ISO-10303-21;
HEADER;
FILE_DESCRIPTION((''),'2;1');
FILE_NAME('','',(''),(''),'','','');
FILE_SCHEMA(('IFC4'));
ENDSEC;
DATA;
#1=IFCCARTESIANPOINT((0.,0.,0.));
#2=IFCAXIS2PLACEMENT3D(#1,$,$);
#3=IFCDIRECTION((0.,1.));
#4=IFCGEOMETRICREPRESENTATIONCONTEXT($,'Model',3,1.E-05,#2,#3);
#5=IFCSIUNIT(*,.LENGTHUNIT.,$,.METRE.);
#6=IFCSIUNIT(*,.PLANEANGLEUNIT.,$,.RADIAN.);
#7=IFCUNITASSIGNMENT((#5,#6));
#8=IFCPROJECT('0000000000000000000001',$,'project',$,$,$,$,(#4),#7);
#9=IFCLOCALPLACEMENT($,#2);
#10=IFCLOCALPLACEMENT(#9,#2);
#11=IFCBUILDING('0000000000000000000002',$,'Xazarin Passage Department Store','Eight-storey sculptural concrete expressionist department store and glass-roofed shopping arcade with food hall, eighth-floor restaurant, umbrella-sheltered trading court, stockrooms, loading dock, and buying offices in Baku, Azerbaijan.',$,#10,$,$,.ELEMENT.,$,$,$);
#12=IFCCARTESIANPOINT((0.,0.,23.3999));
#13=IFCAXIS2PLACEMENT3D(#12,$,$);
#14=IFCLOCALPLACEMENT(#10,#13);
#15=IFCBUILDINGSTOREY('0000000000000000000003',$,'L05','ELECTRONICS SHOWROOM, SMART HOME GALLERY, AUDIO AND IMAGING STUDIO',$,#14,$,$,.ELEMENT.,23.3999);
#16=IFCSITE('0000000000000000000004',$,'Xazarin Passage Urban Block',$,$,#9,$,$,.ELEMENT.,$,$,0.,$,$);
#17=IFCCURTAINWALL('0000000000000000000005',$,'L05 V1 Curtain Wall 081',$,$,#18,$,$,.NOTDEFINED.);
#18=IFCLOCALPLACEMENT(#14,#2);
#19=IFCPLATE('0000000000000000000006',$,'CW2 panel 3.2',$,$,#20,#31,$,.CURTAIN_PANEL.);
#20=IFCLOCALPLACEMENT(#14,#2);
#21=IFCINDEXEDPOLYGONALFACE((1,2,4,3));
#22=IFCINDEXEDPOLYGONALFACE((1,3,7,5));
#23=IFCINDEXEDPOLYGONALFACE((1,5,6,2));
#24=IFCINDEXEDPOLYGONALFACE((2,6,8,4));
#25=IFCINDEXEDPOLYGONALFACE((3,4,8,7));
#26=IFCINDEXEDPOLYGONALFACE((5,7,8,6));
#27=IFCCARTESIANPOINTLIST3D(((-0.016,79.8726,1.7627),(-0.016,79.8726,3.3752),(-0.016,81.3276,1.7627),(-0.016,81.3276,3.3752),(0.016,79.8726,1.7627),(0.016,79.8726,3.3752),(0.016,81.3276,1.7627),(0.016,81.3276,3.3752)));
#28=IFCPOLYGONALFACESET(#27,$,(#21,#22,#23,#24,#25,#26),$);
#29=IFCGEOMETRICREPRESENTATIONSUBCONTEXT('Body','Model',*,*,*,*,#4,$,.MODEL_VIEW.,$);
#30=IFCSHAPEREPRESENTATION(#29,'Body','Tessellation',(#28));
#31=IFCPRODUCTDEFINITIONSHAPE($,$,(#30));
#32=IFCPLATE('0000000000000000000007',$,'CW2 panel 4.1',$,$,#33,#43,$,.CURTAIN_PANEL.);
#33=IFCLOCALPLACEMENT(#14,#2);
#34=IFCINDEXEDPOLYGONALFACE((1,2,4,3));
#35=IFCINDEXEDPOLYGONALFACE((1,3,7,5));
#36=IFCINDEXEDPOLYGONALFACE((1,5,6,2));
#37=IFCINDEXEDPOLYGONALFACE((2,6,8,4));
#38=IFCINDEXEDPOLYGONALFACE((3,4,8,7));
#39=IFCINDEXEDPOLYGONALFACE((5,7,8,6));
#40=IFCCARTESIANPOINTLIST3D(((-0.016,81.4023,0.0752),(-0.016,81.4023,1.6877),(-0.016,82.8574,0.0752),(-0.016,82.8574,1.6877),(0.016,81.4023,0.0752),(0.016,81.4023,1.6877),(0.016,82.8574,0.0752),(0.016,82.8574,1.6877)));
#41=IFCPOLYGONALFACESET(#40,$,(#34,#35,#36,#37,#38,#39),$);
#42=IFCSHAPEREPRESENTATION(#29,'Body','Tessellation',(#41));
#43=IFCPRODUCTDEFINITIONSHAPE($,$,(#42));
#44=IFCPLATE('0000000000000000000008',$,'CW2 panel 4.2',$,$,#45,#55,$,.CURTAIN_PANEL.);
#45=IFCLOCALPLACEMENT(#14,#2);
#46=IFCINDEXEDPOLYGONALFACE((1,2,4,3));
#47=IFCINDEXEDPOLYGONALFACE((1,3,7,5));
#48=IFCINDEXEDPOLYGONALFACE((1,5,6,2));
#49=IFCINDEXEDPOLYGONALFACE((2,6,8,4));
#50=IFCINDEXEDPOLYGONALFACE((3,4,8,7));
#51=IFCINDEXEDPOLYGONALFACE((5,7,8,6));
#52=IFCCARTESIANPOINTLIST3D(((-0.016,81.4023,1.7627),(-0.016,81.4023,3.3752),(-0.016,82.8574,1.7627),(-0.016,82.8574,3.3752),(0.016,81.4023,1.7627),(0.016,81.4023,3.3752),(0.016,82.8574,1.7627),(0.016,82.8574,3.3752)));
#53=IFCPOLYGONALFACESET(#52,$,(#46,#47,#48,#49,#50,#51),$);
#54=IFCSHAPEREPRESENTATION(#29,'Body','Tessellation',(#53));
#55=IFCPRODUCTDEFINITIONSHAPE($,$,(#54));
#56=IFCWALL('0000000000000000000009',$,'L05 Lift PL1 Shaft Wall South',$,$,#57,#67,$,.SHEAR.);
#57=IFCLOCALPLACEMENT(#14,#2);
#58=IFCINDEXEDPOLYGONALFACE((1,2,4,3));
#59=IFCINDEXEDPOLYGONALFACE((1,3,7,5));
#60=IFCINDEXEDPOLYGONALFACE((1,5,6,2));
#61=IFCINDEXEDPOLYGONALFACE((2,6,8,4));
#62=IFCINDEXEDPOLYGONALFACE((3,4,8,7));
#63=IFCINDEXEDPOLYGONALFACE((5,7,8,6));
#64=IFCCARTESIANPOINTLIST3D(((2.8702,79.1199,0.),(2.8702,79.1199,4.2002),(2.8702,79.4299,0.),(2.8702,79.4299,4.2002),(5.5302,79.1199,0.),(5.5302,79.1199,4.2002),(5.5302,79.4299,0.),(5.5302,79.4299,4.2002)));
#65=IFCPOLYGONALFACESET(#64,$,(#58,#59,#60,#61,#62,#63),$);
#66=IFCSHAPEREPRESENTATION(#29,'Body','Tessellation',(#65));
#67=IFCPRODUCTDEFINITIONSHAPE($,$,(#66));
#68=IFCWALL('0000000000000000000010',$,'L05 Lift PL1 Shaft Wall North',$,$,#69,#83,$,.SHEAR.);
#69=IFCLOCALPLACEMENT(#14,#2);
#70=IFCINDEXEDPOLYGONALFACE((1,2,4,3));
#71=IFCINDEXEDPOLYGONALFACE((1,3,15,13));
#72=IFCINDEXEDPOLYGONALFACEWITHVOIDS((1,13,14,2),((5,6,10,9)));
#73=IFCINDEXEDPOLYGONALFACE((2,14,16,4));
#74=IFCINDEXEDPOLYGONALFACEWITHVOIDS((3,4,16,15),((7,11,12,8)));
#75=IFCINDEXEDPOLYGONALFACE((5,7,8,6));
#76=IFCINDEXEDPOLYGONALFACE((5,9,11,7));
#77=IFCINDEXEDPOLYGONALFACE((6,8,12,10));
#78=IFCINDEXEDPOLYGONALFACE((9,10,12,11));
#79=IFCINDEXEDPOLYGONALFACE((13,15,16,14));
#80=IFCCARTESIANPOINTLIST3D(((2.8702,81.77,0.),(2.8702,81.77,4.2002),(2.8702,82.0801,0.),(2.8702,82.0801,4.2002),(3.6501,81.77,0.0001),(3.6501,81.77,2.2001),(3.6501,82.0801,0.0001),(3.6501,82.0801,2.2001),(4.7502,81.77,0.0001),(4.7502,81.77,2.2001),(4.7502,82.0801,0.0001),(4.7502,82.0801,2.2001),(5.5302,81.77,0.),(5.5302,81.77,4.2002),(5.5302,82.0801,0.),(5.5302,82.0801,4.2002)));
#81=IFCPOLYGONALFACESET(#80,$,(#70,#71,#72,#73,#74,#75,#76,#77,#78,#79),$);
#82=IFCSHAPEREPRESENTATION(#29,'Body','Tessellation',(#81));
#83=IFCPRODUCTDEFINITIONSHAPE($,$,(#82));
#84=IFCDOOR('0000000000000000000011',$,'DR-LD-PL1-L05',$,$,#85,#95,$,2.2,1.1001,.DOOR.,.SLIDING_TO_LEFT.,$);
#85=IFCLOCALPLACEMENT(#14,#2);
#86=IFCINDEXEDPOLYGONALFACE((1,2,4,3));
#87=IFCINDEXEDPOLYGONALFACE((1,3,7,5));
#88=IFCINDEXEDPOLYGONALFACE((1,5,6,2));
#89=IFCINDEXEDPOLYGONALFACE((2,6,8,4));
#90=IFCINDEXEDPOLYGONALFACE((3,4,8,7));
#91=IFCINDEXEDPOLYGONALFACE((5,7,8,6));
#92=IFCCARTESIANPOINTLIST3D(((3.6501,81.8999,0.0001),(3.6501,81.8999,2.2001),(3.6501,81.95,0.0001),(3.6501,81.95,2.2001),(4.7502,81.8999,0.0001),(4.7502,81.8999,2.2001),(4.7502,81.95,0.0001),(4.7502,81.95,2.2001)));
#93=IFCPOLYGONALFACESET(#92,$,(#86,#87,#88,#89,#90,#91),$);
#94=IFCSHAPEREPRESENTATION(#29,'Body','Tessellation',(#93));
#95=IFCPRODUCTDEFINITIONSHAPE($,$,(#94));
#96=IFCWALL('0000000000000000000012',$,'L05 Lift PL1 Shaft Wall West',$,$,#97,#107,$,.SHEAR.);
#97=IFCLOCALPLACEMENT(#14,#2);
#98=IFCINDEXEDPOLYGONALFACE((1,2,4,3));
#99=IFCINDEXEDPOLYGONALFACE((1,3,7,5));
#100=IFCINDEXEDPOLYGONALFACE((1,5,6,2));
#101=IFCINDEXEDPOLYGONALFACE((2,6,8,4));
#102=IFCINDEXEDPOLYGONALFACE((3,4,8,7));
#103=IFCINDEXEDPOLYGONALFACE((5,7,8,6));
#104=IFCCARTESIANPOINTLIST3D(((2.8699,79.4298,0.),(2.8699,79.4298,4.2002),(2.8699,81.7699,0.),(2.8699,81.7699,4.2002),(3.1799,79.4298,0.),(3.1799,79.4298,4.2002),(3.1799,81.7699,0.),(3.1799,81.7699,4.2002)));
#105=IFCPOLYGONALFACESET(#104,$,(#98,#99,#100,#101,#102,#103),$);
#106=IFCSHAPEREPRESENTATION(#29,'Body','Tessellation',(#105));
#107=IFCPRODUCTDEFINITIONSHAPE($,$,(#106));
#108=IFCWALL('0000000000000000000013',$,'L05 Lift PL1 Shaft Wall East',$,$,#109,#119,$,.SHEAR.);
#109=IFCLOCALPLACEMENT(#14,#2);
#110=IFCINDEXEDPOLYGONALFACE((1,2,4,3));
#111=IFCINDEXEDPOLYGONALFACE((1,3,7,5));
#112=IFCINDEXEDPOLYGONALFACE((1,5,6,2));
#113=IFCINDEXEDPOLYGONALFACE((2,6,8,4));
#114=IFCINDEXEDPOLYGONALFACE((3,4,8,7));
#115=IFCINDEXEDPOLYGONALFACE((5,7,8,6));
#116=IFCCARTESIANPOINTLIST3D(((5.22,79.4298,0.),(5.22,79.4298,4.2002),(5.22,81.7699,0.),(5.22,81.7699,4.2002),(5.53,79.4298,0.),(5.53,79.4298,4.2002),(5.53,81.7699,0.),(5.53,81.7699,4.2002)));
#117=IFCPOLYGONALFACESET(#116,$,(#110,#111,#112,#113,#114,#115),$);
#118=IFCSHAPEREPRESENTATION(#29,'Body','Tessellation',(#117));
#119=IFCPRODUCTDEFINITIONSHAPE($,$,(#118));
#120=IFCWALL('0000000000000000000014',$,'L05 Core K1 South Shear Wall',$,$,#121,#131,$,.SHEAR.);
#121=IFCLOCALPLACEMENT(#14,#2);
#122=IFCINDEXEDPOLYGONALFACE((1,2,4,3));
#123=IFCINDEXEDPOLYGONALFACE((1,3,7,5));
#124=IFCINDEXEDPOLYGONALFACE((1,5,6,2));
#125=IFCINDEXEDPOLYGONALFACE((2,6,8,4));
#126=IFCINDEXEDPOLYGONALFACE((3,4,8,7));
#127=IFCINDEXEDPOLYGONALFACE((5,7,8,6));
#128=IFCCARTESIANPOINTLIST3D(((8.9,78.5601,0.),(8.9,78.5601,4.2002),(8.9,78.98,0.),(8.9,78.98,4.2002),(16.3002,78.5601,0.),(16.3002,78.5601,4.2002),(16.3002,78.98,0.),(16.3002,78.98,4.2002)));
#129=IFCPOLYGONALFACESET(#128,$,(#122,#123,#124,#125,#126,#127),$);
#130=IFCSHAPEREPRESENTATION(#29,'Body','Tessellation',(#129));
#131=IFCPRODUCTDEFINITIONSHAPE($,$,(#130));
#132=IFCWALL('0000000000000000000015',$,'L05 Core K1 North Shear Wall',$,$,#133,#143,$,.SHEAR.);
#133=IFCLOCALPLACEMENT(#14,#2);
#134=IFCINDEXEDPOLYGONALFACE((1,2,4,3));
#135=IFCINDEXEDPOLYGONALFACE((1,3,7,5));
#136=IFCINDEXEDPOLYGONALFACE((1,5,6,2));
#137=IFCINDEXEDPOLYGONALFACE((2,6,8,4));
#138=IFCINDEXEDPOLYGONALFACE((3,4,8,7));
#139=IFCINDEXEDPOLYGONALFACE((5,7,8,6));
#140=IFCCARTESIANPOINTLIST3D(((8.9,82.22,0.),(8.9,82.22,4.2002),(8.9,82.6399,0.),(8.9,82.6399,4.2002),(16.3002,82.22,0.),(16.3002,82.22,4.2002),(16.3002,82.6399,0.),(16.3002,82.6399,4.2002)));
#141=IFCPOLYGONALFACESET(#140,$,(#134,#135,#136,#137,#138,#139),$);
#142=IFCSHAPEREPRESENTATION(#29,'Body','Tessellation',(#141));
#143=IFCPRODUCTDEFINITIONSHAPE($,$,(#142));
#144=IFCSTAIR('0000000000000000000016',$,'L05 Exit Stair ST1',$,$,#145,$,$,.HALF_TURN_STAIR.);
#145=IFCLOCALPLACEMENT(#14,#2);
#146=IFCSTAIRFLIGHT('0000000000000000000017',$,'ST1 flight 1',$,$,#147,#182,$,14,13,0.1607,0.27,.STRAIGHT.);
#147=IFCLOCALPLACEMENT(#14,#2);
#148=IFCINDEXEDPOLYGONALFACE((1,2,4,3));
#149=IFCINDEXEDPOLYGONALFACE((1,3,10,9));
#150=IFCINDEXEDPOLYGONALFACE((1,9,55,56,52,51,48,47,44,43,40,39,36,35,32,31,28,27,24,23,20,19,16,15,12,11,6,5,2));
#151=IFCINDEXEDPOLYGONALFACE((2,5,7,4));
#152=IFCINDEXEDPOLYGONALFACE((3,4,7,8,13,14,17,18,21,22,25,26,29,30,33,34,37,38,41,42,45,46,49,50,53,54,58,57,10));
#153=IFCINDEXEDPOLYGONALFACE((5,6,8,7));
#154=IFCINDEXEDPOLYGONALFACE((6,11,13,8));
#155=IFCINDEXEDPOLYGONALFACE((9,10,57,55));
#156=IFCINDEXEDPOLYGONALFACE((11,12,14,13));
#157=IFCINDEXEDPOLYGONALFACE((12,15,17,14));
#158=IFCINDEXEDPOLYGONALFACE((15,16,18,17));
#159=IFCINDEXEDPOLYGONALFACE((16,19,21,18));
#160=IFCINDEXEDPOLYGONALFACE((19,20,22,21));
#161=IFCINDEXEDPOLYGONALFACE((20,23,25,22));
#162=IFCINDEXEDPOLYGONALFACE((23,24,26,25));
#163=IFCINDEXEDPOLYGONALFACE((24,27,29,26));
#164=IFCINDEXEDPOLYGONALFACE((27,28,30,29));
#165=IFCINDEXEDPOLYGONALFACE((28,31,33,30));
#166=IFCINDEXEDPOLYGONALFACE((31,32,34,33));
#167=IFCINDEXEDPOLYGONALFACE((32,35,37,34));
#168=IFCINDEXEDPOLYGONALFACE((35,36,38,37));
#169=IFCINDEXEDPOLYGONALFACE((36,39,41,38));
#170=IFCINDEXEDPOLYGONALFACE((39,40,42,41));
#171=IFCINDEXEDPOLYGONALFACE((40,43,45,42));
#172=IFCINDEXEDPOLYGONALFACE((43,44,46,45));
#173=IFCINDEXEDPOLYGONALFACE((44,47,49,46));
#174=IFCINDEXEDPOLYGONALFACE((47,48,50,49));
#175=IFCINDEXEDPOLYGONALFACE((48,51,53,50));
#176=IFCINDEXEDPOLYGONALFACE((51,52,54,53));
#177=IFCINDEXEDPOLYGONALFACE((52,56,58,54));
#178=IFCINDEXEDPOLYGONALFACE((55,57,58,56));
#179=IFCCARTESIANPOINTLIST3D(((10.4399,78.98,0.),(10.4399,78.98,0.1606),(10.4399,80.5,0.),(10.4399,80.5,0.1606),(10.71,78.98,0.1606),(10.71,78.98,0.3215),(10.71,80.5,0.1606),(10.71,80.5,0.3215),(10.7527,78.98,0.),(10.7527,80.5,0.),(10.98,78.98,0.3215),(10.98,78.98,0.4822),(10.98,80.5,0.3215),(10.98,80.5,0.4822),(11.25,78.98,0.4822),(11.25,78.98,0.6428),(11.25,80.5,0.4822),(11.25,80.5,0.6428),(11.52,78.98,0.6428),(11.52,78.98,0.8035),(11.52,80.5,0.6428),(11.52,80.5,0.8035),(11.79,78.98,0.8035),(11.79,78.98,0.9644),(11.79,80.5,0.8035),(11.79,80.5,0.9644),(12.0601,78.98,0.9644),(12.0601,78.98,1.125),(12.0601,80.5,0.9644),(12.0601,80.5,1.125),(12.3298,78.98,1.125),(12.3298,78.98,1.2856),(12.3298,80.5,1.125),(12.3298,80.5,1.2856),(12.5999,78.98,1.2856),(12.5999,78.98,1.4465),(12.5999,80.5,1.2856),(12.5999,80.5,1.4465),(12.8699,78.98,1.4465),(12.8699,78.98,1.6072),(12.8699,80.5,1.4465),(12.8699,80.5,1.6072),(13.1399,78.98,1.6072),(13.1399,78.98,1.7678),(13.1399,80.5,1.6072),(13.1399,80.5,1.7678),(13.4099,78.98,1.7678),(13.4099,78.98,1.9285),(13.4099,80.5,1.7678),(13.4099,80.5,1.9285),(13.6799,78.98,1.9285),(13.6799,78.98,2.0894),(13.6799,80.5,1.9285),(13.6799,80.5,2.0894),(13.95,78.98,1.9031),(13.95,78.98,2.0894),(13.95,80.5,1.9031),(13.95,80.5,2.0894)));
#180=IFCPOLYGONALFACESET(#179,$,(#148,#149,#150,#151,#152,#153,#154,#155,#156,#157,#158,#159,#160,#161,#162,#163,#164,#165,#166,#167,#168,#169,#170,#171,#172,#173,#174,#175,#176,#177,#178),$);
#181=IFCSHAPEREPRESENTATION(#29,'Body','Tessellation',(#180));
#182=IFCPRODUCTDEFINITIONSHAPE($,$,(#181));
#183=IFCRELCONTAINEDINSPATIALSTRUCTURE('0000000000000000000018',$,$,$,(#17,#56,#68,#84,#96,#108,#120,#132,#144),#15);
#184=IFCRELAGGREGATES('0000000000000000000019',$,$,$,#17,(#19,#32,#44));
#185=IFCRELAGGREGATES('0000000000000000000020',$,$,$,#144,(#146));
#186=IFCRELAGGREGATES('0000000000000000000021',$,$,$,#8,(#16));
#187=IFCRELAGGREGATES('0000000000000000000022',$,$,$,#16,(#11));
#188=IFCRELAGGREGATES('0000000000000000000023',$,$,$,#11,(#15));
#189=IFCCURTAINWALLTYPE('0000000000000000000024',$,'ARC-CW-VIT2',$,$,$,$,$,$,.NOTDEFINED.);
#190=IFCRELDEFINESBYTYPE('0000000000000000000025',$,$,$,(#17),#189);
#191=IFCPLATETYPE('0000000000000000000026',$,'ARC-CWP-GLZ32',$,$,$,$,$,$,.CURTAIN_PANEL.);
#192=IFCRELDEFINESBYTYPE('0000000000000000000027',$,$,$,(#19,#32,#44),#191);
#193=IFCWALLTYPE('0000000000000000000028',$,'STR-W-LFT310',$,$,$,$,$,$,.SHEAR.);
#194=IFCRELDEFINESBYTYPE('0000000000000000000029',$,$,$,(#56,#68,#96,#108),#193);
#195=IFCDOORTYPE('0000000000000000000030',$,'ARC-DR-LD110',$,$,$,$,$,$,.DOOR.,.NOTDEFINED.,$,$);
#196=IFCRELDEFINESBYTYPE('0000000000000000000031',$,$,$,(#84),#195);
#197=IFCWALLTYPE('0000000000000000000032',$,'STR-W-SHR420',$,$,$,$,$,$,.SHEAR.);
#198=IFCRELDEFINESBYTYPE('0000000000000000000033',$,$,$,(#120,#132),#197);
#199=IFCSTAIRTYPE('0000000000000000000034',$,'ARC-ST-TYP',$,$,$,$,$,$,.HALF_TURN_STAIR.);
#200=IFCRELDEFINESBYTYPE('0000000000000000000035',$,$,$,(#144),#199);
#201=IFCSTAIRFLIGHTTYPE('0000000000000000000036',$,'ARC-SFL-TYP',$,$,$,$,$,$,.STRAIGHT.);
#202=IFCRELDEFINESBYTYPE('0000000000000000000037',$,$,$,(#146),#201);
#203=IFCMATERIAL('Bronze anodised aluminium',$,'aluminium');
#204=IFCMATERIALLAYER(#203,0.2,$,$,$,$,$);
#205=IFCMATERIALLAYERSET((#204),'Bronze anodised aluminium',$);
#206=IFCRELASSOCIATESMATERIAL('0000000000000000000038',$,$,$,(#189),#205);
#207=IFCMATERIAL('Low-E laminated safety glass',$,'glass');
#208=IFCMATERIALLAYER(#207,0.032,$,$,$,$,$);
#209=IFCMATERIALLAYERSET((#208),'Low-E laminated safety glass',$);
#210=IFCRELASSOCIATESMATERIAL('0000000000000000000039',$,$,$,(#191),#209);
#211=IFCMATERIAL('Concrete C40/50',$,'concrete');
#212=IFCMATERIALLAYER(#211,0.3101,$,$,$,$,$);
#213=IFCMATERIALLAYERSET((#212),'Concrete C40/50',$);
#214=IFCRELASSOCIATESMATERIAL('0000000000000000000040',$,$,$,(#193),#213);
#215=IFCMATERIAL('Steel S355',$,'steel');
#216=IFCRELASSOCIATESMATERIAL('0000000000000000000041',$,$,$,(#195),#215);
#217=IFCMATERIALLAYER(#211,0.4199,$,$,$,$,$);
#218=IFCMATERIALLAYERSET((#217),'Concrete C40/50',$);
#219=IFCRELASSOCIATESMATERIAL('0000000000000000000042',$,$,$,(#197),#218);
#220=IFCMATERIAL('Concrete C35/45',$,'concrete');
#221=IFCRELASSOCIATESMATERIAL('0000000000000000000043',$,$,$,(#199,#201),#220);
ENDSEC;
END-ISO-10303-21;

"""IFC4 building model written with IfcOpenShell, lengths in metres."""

from ifc_helpers import new_model, si_unit, direction, frame, frame_2d, origin, origin_2d, place, context, subcontext, project, spatial, polyline, rectangle, outline, extrude, material, layer, layer_set, type_object, element, fill, aggregate, save


model = new_model("IFC4")

# Units and contexts
model_context = context("Model", 3, precision=1e-05, world=origin(), true_north=direction((0.0, 1.0)))
body_context = subcontext(model_context, "Body", "Model", "MODEL_VIEW")
ifc_project = project(units=[si_unit("LENGTHUNIT", "METRE"), si_unit("PLANEANGLEUNIT", "RADIAN")], contexts=[model_context])

# Site, building, storey
site_placement = place(None, origin())
site = spatial("IfcSite", under=ifc_project, at=site_placement, Name="Xazarin Passage Urban Block", CompositionType="ELEMENT", RefElevation=0.0)
building_placement = place(site_placement, origin())
building = spatial("IfcBuilding", under=site, at=building_placement, Name="Xazarin Passage Department Store", Description="Eight-storey sculptural concrete expressionist department store and glass-roofed shopping arcade with food hall, eighth-floor restaurant, umbrella-sheltered trading court, stockrooms, loading dock, and buying offices in Baku, Azerbaijan.", CompositionType="ELEMENT")
storey_placement = place(building_placement, frame((0.0, 0.0, 23.3999)))
storey = spatial("IfcBuildingStorey", under=building, at=storey_placement, Name="L05", Description="ELECTRONICS SHOWROOM, SMART HOME GALLERY, AUDIO AND IMAGING STUDIO", CompositionType="ELEMENT", Elevation=23.3999)

# Curtain wall
ifc_material_1 = material(Name="Bronze anodised aluminium", Category="aluminium")
ifc_layer_1 = layer(ifc_material_1, 0.2)
ifc_layer_set_1 = layer_set([ifc_layer_1], Name="Bronze anodised aluminium")
curtain_wall_type = type_object("IfcCurtainWallType", Name="ARC-CW-VIT2", PredefinedType="NOTDEFINED", material=ifc_layer_set_1)
curtain_wall_placement = place(storey_placement, origin())
curtain_wall = element("IfcCurtainWall", 1, at=curtain_wall_placement, inside=storey, type_object=curtain_wall_type, Name="L05 V1 Curtain Wall 081", PredefinedType="NOTDEFINED")

# Shared definitions
ifc_material_2 = material(Name="Concrete C35/45", Category="concrete")

# Plates
ifc_material_3 = material(Name="Low-E laminated safety glass", Category="glass")
ifc_layer_2 = layer(ifc_material_3, 0.032)
ifc_layer_set_2 = layer_set([ifc_layer_2], Name="Low-E laminated safety glass")
plate_type = type_object("IfcPlateType", Name="ARC-CWP-GLZ32", PredefinedType="CURTAIN_PANEL", material=ifc_layer_set_2)
plate_1_placement = place(storey_placement, frame((0.0, 80.6001, 1.7627), z_axis=(0.0, 0.0, 1.0), x_axis=(0.0, 1.0, 0.0)))
plate_1 = element("IfcPlate", 2, at=plate_1_placement, type_object=plate_type, Name="CW2 panel 3.2", PredefinedType="CURTAIN_PANEL", context=body_context, shape_type="SweptSolid", body=[
    extrude(rectangle(XDim=1.4551, YDim=0.032, at=origin_2d()), origin(), (0.0, 0.0, 1.0), 1.6125),
])
plate_2_placement = place(storey_placement, frame((0.0, 82.1299, 0.0752), z_axis=(0.0, 0.0, 1.0), x_axis=(0.0, 1.0, 0.0)))
plate_2 = element("IfcPlate", 3, at=plate_2_placement, type_object=plate_type, Name="CW2 panel 4.1", PredefinedType="CURTAIN_PANEL", context=body_context, shape_type="SweptSolid", body=[
    extrude(rectangle(XDim=1.4551, YDim=0.032, at=origin_2d()), origin(), (0.0, 0.0, 1.0), 1.6125),
])
plate_3_placement = place(storey_placement, frame((0.0, 82.1299, 1.7627), z_axis=(0.0, 0.0, 1.0), x_axis=(0.0, 1.0, 0.0)))
plate_3 = element("IfcPlate", 4, at=plate_3_placement, type_object=plate_type, Name="CW2 panel 4.2", PredefinedType="CURTAIN_PANEL", context=body_context, shape_type="SweptSolid", body=[
    extrude(rectangle(XDim=1.4551, YDim=0.032, at=origin_2d()), origin(), (0.0, 0.0, 1.0), 1.6125),
])
aggregate(curtain_wall, [plate_1, plate_2, plate_3])

# Wall
ifc_material_4 = material(Name="Concrete C40/50", Category="concrete")
ifc_layer_3 = layer(ifc_material_4, 0.3101)
ifc_layer_set_3 = layer_set([ifc_layer_3], Name="Concrete C40/50")
wall_type_1 = type_object("IfcWallType", Name="STR-W-LFT310", PredefinedType="SHEAR", material=ifc_layer_set_3)
wall_1_placement = place(storey_placement, frame((2.8701, 79.2749, 0.0), z_axis=(0.0, 0.0, 1.0), x_axis=(1.0, 0.0, 0.0)))
element("IfcWall", 5, at=wall_1_placement, inside=storey, type_object=wall_type_1, Name="L05 Lift PL1 Shaft Wall South", PredefinedType="SHEAR", context=body_context, shape_type="SweptSolid", body=[
    extrude(rectangle(XDim=2.6599, YDim=0.3101, at=frame_2d((1.3301, 0.0))), origin(), (0.0, 0.0, 1.0), 4.2002),
])

# Wall, opening, door
wall_2_placement = place(storey_placement, frame((2.8701, 81.925, 0.0), z_axis=(0.0, 0.0, 1.0), x_axis=(1.0, 0.0, 0.0)))
wall_2 = element("IfcWall", 6, at=wall_2_placement, inside=storey, type_object=wall_type_1, Name="L05 Lift PL1 Shaft Wall North", PredefinedType="SHEAR", context=body_context, shape_type="SweptSolid", body=[
    extrude(rectangle(XDim=2.6599, YDim=0.3101, at=frame_2d((1.3301, 0.0))), origin(), (0.0, 0.0, 1.0), 4.2002),
])
opening_placement = place(wall_2_placement, frame((0.78, 0.0, 0.0)))
opening = element("IfcOpeningElement", 7, at=opening_placement, cuts=wall_2, PredefinedType="OPENING", context=body_context, shape_type="SweptSolid", body=[
    extrude(rectangle(XDim=1.1001, YDim=2.2, at=frame_2d((0.55, 1.1001))), frame((0.0, 0.165, 0.0), z_axis=(0.0, -1.0, 0.0), x_axis=(1.0, 0.0, 0.0)), (0.0, 0.0, 1.0), 0.3301),
])
ifc_material_5 = material(Name="Steel S355", Category="steel")
door_type = type_object("IfcDoorType", Name="ARC-DR-LD110", OperationType="NOTDEFINED", PredefinedType="DOOR", material=ifc_material_5)
door_placement = place(opening_placement, origin())
door = element("IfcDoor", 8, at=door_placement, inside=storey, type_object=door_type, Name="DR-LD-PL1-L05", OperationType="SLIDING_TO_LEFT", OverallHeight=2.2, OverallWidth=1.1001, PredefinedType="DOOR", context=body_context, shape_type="SweptSolid", body=[
    extrude(rectangle(XDim=1.1001, YDim=2.2, at=frame_2d((0.55, 1.1001))), frame((0.0, 0.0249, 0.0), z_axis=(0.0, -1.0, 0.0), x_axis=(1.0, 0.0, 0.0)), (0.0, 0.0, 1.0), 0.05),
])
fill(opening, door)

# Walls
for number, where, z_axis, x_axis, name in (
    (9, (3.0249, 79.4299, 0.0), (0.0, 0.0, 1.0), (0.0, 1.0, 0.0), "L05 Lift PL1 Shaft Wall West"),
    (10, (5.375, 79.4299, 0.0), (0.0, 0.0, 1.0), (0.0, 1.0, 0.0), "L05 Lift PL1 Shaft Wall East"),
):
    element("IfcWall", number, at=place(storey_placement, frame(where, z_axis=z_axis, x_axis=x_axis)), inside=storey, type_object=wall_type_1, Name=name, PredefinedType="SHEAR", context=body_context, shape_type="SweptSolid", body=[
        extrude(rectangle(XDim=2.3401, YDim=0.3101, at=frame_2d((1.1699, 0.0))), origin(), (0.0, 0.0, 1.0), 4.2002),
    ])
ifc_layer_4 = layer(ifc_material_4, 0.4199)
ifc_layer_set_4 = layer_set([ifc_layer_4], Name="Concrete C40/50")
wall_type_2 = type_object("IfcWallType", Name="STR-W-SHR420", PredefinedType="SHEAR", material=ifc_layer_set_4)
for number, where, z_axis, x_axis, name in (
    (11, (8.8999, 78.77, 0.0), (0.0, 0.0, 1.0), (1.0, 0.0, 0.0), "L05 Core K1 South Shear Wall"),
    (12, (8.8999, 82.4299, 0.0), (0.0, 0.0, 1.0), (1.0, 0.0, 0.0), "L05 Core K1 North Shear Wall"),
):
    element("IfcWall", number, at=place(storey_placement, frame(where, z_axis=z_axis, x_axis=x_axis)), inside=storey, type_object=wall_type_2, Name=name, PredefinedType="SHEAR", context=body_context, shape_type="SweptSolid", body=[
        extrude(rectangle(XDim=7.4001, YDim=0.4199, at=frame_2d((3.7002, 0.0))), origin(), (0.0, 0.0, 1.0), 4.2002),
    ])

# Stair, stair flight
stair_type = type_object("IfcStairType", Name="ARC-ST-TYP", PredefinedType="HALF_TURN_STAIR", material=ifc_material_2)
stair_placement = place(storey_placement, origin())
stair = element("IfcStair", 13, at=stair_placement, inside=storey, type_object=stair_type, Name="L05 Exit Stair ST1", PredefinedType="HALF_TURN_STAIR")
stair_flight_type = type_object("IfcStairFlightType", Name="ARC-SFL-TYP", PredefinedType="STRAIGHT", material=ifc_material_2)
stair_flight_placement = place(storey_placement, frame((10.4399, 79.74, 0.0), z_axis=(0.0, 0.0, 1.0), x_axis=(1.0, 0.0, 0.0)))
stair_flight = element("IfcStairFlight", 14, at=stair_flight_placement, type_object=stair_flight_type, Name="ST1 flight 1", NumberOfRisers=14, NumberOfTreads=13, PredefinedType="STRAIGHT", RiserHeight=0.1607, TreadLength=0.27, context=body_context, shape_type="SweptSolid", body=[
    extrude(outline(polyline([(0.0, 0.0), (0.0, 0.1606), (0.27, 0.1606), (0.27, 0.3215), (0.54, 0.3215), (0.54, 0.4822), (0.8101, 0.4822), (0.8101, 0.6428), (1.0801, 0.6428), (1.0801, 0.8035), (1.3501, 0.8035), (1.3501, 0.9644), (1.6201, 0.9644), (1.6201, 1.125), (1.8899, 1.125), (1.8899, 1.2856), (2.1599, 1.2856), (2.1599, 1.4465), (2.4299, 1.4465), (2.4299, 1.6072), (2.7, 1.6072), (2.7, 1.7678), (2.97, 1.7678), (2.97, 1.9285), (3.24, 1.9285), (3.24, 2.0894), (3.51, 2.0894), (3.51, 2.25), (3.51, 1.9031), (0.3127, 0.0), (0.0, 0.0)])), frame((0.0, 0.76, 0.0), z_axis=(0.0, -1.0, 0.0), x_axis=(1.0, 0.0, 0.0)), (0.0, 0.0, 1.0), 1.52),
])
aggregate(stair, [stair_flight])

save(model, "model.ifc")
